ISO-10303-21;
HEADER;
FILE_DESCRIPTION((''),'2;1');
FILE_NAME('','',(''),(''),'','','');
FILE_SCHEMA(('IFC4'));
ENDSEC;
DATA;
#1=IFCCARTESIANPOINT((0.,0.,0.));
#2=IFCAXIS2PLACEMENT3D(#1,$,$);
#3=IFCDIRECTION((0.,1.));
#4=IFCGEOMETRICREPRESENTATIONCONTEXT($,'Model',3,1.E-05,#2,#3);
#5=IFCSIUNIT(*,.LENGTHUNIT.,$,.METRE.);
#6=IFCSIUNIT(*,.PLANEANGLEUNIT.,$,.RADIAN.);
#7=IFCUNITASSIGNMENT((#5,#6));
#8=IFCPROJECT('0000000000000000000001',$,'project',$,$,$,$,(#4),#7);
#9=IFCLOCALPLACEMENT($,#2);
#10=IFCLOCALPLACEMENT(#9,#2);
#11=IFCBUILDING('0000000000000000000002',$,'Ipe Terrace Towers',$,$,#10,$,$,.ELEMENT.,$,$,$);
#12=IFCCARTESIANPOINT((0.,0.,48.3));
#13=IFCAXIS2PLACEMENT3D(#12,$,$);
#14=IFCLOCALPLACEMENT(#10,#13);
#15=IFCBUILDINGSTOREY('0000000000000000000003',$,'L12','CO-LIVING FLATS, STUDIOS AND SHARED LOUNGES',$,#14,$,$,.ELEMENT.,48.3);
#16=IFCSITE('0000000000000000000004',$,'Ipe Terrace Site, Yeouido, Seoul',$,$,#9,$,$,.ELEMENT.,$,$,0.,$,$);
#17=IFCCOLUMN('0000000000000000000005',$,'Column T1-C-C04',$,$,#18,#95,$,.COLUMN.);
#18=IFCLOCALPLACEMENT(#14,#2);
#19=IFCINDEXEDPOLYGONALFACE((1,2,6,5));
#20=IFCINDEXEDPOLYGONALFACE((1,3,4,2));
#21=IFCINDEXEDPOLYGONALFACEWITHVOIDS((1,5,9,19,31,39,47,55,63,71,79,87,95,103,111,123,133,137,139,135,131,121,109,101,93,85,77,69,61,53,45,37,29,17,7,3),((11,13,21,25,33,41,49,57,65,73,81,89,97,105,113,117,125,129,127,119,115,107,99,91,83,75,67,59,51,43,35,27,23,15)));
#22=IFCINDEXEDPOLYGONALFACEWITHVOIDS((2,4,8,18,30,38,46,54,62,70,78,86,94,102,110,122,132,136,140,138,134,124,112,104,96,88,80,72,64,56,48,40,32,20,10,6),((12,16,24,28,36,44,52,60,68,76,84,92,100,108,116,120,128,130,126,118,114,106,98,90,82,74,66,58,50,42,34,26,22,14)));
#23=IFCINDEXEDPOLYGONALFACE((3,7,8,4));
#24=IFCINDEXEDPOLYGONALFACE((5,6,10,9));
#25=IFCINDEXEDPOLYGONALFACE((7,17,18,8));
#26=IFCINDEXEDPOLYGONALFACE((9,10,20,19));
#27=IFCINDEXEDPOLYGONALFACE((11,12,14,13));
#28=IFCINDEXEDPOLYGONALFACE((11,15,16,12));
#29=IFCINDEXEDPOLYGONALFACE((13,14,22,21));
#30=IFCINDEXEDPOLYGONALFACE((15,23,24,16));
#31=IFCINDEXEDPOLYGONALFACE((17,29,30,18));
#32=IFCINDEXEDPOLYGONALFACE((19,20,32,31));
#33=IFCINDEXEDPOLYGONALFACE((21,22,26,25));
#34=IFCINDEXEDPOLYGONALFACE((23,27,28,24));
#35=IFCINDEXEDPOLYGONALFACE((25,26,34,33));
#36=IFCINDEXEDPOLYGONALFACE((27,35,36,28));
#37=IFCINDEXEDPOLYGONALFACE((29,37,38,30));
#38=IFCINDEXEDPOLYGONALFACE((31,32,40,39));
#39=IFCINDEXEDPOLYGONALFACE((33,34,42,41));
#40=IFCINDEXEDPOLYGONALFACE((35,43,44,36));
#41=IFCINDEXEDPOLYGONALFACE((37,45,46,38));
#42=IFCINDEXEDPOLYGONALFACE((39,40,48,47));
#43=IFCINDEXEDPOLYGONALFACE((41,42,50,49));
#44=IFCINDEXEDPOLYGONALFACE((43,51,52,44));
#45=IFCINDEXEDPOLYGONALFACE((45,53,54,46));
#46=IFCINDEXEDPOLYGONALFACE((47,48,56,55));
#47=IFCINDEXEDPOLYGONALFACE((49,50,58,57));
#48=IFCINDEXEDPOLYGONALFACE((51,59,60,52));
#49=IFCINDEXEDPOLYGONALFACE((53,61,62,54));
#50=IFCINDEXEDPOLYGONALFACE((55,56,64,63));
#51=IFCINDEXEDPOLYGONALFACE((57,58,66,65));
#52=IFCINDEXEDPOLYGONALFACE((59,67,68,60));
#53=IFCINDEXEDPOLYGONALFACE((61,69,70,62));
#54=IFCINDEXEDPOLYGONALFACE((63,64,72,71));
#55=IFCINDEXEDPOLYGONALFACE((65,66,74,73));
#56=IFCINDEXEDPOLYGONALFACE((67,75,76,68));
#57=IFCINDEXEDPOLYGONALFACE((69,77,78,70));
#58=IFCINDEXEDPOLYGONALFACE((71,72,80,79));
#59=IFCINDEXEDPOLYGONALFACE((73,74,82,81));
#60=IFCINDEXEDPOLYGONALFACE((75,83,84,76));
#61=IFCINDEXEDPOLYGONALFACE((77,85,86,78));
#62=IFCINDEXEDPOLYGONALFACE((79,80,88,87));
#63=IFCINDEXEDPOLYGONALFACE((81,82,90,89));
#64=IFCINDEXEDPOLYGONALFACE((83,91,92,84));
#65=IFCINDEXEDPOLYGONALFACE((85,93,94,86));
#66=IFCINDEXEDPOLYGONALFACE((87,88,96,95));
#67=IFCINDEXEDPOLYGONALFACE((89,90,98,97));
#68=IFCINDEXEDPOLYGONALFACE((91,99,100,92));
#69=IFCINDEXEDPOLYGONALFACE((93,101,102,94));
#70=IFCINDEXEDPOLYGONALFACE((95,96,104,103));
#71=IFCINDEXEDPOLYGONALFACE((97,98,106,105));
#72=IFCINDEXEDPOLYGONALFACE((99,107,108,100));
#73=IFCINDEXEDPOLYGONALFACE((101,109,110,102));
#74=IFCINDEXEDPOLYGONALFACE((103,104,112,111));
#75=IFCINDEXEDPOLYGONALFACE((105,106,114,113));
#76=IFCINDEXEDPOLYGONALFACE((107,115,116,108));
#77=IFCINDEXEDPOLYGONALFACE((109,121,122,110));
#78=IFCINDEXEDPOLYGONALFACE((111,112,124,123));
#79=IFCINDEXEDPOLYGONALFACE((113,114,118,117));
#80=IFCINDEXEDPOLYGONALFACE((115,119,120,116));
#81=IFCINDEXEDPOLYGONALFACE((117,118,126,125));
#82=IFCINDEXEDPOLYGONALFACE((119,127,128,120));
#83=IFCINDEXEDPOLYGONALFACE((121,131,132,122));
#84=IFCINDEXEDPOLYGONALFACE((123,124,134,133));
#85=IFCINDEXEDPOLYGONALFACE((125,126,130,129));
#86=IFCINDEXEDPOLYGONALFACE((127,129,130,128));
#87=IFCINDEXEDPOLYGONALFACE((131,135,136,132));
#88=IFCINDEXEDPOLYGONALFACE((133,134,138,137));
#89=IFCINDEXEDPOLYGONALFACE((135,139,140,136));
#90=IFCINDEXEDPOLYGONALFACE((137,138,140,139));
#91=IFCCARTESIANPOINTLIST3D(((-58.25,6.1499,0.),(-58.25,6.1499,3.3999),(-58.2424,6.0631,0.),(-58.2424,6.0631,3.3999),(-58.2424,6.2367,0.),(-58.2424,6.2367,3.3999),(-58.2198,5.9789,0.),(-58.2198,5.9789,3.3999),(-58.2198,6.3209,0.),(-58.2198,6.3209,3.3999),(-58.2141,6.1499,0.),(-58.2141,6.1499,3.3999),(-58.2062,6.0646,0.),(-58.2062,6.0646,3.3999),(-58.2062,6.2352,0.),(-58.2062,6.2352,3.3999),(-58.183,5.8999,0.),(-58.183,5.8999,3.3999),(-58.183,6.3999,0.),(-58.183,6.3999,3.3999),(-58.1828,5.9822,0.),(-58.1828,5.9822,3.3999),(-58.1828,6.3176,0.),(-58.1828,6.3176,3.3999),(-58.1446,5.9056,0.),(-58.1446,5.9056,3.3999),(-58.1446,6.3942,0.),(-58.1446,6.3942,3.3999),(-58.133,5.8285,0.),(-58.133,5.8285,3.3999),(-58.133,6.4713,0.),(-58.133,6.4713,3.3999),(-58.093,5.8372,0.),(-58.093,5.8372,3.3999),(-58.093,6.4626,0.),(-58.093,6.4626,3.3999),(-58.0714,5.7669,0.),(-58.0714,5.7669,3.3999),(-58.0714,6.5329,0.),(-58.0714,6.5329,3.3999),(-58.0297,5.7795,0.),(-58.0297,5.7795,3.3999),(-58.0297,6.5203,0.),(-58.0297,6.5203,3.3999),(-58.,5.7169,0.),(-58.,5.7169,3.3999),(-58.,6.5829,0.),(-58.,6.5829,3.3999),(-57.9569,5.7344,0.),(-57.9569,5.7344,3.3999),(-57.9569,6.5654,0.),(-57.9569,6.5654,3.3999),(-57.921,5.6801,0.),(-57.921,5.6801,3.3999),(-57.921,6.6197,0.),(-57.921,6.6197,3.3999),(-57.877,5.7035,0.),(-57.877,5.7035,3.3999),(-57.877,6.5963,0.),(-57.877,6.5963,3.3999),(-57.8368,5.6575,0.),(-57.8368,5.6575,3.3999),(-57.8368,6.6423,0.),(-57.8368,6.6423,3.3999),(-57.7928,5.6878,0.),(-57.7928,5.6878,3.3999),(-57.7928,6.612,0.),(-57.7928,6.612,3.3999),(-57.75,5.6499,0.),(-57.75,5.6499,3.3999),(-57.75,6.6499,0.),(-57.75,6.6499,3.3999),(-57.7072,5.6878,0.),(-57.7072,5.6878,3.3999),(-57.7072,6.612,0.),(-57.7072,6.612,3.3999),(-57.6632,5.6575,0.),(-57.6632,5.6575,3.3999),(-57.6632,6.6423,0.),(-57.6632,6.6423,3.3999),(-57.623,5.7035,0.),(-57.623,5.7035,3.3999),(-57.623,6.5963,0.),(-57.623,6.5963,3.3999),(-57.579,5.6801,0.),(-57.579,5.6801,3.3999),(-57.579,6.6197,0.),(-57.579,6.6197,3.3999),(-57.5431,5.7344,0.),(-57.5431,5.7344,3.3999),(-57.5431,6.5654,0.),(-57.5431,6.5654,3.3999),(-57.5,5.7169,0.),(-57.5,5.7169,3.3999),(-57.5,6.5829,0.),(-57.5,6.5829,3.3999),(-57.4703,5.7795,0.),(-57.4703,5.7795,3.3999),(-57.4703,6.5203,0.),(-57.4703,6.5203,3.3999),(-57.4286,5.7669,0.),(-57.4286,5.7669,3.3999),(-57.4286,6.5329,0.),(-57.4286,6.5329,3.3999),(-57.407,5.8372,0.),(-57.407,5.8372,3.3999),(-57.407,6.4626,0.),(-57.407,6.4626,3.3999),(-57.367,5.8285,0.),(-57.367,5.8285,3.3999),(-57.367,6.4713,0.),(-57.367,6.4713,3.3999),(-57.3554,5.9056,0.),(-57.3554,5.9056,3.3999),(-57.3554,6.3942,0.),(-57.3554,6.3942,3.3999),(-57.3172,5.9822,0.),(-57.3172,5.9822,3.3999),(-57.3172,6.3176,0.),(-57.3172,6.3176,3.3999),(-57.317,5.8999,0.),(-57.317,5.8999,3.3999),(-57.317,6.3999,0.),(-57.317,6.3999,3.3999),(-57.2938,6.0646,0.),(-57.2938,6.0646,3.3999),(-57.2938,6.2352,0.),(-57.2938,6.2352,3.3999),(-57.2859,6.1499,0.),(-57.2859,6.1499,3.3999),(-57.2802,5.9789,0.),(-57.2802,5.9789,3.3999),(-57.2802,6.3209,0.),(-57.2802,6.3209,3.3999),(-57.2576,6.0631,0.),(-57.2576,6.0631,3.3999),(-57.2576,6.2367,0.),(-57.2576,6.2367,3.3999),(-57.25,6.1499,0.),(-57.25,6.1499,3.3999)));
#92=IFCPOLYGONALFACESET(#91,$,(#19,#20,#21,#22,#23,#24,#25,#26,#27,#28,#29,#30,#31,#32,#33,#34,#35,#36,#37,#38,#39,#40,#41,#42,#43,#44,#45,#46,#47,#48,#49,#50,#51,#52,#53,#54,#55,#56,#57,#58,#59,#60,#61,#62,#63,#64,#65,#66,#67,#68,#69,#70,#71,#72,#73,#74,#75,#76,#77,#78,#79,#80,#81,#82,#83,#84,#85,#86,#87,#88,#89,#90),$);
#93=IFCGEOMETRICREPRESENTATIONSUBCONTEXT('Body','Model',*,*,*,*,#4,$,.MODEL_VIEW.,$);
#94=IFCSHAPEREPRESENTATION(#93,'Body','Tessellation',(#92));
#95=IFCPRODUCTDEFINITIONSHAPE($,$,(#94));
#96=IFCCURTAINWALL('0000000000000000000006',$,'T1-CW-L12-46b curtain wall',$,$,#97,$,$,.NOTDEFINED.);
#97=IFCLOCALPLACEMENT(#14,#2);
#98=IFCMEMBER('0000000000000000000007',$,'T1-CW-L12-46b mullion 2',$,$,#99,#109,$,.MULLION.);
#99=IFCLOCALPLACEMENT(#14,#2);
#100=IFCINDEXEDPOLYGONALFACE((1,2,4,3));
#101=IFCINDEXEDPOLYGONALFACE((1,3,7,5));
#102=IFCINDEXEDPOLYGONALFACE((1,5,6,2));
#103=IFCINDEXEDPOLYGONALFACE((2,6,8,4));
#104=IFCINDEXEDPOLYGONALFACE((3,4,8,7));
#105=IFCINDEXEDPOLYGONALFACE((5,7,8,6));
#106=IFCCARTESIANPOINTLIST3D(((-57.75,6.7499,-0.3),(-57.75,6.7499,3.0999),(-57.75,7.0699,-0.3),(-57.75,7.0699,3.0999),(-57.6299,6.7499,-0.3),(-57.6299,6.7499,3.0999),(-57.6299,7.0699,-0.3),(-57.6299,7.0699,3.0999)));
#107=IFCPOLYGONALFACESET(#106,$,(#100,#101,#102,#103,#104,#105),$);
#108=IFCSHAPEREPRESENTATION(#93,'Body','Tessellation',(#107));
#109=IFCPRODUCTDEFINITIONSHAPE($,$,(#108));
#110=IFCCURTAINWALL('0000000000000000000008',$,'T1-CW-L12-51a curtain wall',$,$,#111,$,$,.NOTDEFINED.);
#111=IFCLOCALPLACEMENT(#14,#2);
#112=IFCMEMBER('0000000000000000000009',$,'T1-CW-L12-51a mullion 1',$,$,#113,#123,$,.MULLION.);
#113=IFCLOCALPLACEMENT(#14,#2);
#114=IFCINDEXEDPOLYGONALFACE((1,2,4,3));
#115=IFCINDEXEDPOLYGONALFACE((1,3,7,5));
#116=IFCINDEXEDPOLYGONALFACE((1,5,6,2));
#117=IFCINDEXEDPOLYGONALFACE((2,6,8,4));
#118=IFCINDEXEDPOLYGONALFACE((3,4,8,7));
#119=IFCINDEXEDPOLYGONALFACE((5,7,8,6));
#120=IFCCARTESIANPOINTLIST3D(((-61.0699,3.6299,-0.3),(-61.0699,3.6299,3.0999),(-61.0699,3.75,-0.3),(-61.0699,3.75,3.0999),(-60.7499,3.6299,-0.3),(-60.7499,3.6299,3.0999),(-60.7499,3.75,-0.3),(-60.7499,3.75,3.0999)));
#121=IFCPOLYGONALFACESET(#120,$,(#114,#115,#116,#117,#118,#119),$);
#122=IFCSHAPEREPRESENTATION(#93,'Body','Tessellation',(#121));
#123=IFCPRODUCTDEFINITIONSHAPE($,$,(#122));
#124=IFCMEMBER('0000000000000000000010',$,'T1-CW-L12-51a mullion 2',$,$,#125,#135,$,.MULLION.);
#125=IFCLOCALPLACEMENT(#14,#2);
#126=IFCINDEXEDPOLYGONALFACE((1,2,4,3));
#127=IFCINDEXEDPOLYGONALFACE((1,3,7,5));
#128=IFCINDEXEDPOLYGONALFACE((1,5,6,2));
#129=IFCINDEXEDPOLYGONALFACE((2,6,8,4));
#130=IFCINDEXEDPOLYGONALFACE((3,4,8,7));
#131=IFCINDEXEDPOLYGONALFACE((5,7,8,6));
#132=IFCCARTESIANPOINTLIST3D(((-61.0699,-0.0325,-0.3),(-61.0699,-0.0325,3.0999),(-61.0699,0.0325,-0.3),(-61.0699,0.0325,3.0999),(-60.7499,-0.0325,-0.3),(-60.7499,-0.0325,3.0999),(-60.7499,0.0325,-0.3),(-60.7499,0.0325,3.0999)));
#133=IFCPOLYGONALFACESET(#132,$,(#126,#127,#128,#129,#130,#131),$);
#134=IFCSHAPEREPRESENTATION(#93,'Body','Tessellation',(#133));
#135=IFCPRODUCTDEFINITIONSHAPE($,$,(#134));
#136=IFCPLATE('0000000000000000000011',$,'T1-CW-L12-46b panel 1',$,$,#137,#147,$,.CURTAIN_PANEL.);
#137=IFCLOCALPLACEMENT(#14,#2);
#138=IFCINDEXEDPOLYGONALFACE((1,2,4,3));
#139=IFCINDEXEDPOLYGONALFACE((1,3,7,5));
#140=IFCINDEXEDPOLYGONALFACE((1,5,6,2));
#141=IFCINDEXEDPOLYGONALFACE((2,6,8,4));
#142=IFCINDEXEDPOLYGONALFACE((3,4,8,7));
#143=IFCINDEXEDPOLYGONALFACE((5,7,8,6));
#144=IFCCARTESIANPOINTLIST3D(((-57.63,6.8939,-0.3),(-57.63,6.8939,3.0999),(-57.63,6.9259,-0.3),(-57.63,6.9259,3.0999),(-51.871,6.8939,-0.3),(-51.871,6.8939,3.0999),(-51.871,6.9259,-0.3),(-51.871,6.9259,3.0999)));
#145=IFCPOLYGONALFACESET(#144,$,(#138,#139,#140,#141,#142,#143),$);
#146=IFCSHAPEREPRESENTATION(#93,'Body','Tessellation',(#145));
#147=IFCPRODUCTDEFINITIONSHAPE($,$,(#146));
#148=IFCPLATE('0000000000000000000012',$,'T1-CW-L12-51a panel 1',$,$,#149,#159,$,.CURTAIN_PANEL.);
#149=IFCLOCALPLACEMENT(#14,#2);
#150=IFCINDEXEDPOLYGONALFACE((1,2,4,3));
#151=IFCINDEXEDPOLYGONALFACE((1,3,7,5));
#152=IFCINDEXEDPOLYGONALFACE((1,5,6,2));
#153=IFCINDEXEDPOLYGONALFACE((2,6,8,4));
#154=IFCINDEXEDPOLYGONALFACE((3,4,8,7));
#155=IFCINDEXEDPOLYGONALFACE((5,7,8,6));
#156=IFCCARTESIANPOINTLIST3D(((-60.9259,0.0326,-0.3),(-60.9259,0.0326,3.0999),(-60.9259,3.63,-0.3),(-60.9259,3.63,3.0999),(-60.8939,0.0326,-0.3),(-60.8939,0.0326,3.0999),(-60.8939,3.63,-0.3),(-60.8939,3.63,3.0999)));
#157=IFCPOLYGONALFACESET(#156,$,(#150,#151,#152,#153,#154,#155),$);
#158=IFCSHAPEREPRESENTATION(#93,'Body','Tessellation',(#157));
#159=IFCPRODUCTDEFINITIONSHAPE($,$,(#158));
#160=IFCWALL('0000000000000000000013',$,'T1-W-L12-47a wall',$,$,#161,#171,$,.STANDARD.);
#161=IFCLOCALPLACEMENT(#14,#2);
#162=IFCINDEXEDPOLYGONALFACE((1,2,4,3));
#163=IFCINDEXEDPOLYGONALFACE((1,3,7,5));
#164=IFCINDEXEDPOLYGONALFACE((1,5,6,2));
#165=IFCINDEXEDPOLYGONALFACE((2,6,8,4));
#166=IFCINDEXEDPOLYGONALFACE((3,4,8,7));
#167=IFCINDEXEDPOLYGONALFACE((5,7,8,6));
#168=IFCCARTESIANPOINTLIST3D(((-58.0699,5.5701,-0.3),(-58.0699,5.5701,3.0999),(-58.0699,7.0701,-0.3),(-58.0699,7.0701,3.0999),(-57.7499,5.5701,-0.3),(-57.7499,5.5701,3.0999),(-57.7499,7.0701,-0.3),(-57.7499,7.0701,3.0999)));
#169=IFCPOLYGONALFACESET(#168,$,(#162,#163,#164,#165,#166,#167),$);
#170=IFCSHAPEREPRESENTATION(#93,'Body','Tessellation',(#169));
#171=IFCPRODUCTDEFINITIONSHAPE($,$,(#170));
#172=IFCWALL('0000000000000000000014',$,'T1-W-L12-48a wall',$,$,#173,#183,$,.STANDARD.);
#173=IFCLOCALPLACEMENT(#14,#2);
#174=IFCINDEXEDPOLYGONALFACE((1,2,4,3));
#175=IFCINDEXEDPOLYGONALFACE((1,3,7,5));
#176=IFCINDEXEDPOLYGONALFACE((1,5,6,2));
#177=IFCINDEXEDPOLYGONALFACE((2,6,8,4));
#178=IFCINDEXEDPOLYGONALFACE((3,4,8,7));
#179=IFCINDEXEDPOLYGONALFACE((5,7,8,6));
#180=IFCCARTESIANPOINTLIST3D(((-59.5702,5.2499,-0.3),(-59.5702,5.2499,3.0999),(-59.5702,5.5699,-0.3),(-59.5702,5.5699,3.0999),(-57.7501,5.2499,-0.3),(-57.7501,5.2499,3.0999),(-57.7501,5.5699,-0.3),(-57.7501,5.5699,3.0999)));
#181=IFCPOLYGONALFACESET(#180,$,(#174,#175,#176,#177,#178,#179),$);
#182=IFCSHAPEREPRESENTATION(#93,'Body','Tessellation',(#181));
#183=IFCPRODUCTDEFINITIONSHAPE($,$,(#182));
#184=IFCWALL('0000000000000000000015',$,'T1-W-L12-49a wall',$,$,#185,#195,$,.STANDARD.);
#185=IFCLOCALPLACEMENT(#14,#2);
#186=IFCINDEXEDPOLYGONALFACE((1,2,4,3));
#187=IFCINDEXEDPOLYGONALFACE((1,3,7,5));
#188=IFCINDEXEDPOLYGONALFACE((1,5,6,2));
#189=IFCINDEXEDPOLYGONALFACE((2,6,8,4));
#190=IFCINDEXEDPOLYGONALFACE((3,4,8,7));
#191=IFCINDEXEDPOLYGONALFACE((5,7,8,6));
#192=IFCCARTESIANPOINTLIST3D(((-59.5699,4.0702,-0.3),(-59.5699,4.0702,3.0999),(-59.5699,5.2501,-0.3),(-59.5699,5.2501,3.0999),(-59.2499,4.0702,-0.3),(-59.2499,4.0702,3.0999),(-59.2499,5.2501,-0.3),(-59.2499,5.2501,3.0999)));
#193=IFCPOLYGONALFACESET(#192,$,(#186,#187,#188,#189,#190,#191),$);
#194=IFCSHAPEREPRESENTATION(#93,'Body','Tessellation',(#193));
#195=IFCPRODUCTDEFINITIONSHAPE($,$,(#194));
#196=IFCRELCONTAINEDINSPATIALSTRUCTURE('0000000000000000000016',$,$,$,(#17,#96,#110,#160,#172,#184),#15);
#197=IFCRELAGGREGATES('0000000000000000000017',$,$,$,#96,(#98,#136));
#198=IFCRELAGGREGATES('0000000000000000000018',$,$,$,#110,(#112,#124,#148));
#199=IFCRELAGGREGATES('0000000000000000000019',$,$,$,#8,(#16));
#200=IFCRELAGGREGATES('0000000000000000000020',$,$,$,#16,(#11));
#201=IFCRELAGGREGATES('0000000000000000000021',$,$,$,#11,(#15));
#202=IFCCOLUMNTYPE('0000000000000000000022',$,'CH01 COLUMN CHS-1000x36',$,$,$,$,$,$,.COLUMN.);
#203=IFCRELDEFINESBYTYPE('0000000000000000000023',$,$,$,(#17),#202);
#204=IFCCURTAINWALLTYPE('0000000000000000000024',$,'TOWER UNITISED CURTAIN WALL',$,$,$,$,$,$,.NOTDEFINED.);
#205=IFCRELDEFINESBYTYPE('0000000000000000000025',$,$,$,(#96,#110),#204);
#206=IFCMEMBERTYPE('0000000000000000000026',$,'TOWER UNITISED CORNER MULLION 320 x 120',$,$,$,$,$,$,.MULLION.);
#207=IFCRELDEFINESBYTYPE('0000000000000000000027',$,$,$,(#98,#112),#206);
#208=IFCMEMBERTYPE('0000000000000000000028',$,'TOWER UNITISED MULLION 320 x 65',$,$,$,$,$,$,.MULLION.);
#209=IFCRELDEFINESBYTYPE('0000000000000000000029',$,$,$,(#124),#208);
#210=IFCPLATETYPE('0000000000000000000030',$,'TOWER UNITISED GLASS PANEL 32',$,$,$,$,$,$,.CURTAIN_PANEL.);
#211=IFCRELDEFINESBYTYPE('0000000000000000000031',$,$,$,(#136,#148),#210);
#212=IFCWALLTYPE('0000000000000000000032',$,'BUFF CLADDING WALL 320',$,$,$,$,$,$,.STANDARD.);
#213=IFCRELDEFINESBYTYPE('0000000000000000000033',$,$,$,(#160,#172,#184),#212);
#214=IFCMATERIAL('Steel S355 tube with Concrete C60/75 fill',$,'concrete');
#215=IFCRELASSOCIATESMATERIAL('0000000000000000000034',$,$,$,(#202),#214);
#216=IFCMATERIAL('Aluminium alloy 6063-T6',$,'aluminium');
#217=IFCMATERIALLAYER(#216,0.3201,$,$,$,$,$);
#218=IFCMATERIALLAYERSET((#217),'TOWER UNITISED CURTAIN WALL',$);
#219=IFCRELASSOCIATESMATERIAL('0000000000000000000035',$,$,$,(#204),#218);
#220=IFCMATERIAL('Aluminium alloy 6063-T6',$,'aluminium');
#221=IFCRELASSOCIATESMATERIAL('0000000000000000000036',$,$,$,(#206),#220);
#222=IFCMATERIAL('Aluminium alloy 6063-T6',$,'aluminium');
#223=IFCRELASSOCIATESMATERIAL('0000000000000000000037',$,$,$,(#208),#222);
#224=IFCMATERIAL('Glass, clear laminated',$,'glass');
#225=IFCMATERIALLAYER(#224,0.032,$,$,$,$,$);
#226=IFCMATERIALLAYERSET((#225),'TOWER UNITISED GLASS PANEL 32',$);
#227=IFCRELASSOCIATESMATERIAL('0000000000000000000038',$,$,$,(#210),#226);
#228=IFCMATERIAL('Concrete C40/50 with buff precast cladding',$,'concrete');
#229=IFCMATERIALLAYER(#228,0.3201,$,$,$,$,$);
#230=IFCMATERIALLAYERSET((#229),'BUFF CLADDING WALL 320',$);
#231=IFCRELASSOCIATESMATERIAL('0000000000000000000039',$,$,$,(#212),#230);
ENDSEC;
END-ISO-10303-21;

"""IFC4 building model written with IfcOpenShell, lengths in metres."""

from ifc_helpers import new_model, si_unit, direction, frame, frame_2d, origin, origin_2d, place, context, subcontext, project, spatial, rectangle, hollow_circle, extrude, material, layer, layer_set, material_profile, profile_set, type_object, element, aggregate, save


model = new_model("IFC4")

# Units and contexts
model_context = context("Model", 3, precision=1e-05, world=origin(), true_north=direction((0.0, 1.0)))
body_context = subcontext(model_context, "Body", "Model", "MODEL_VIEW")
ifc_project = project(units=[si_unit("LENGTHUNIT", "METRE"), si_unit("PLANEANGLEUNIT", "RADIAN")], contexts=[model_context])

# Site, building, storey
site_placement = place(None, origin())
site = spatial("IfcSite", under=ifc_project, at=site_placement, Name="Ipe Terrace Site, Yeouido, Seoul", CompositionType="ELEMENT", RefElevation=0.0)
building_placement = place(site_placement, origin())
building = spatial("IfcBuilding", under=site, at=building_placement, Name="Ipe Terrace Towers", CompositionType="ELEMENT")
storey_placement = place(building_placement, frame((0.0, 0.0, 48.3)))
storey = spatial("IfcBuildingStorey", under=building, at=storey_placement, Name="L12", Description="CO-LIVING FLATS, STUDIOS AND SHARED LOUNGES", CompositionType="ELEMENT", Elevation=48.3)

# Column
ifc_material_1 = material(Name="Steel S355 tube with Concrete C60/75 fill", Category="concrete")
ifc_material_profile_1 = material_profile(ifc_material_1, hollow_circle(Radius=0.5, WallThickness=0.0359, at=origin_2d()), Name="CHS-1000x36")
ifc_profile_set_1 = profile_set([ifc_material_profile_1], Name="Steel S355 tube with Concrete C60/75 fill")
column_type = type_object("IfcColumnType", Name="CH01 COLUMN CHS-1000x36", PredefinedType="COLUMN", material=ifc_profile_set_1)
column_placement = place(storey_placement, frame((-57.75, 6.1499, 0.0), z_axis=(0.0, 0.0, 1.0), x_axis=(1.0, 0.0, 0.0)))
element("IfcColumn", 1, at=column_placement, inside=storey, type_object=column_type, Name="Column T1-C-C04", PredefinedType="COLUMN", context=body_context, shape_type="SweptSolid", body=[
    extrude(hollow_circle(Radius=0.5, WallThickness=0.0359, at=origin_2d()), origin(), (0.0, 0.0, 1.0), 3.3999),
])

# Curtain wall, member
ifc_material_2 = material(Name="Aluminium alloy 6063-T6", Category="aluminium")
ifc_layer_1 = layer(ifc_material_2, 0.3201)
ifc_layer_set_1 = layer_set([ifc_layer_1], Name="TOWER UNITISED CURTAIN WALL")
curtain_wall_type = type_object("IfcCurtainWallType", Name="TOWER UNITISED CURTAIN WALL", PredefinedType="NOTDEFINED", material=ifc_layer_set_1)
curtain_wall_1_placement = place(storey_placement, origin())
curtain_wall_1 = element("IfcCurtainWall", 2, at=curtain_wall_1_placement, inside=storey, type_object=curtain_wall_type, Name="T1-CW-L12-46b curtain wall", PredefinedType="NOTDEFINED")
ifc_material_3 = material(Name="Aluminium alloy 6063-T6", Category="aluminium")
ifc_material_profile_2 = material_profile(ifc_material_3, rectangle(XDim=0.3201, YDim=0.1201, at=origin_2d()), Name="TOWER UNITISED CORNER MULLION 320 x 120")
ifc_profile_set_2 = profile_set([ifc_material_profile_2], Name="Aluminium alloy 6063-T6")
member_type_1 = type_object("IfcMemberType", Name="TOWER UNITISED CORNER MULLION 320 x 120", PredefinedType="MULLION", material=ifc_profile_set_2)
member_1_placement = place(storey_placement, frame((-57.6899, 6.9099, -0.3), z_axis=(0.0, 0.0, 1.0), x_axis=(0.0, 1.0, 0.0)))
member_1 = element("IfcMember", 3, at=member_1_placement, type_object=member_type_1, Name="T1-CW-L12-46b mullion 2", PredefinedType="MULLION", context=body_context, shape_type="SweptSolid", body=[
    extrude(rectangle(XDim=0.3201, YDim=0.1201, at=origin_2d()), origin(), (0.0, 0.0, 1.0), 3.3999),
])

# Curtain wall, members
curtain_wall_2_placement = place(storey_placement, origin())
curtain_wall_2 = element("IfcCurtainWall", 4, at=curtain_wall_2_placement, inside=storey, type_object=curtain_wall_type, Name="T1-CW-L12-51a curtain wall", PredefinedType="NOTDEFINED")
member_2_placement = place(storey_placement, frame((-60.9099, 3.6899, -0.3), z_axis=(0.0, 0.0, 1.0), x_axis=(-1.0, 0.0, 0.0)))
member_2 = element("IfcMember", 5, at=member_2_placement, type_object=member_type_1, Name="T1-CW-L12-51a mullion 1", PredefinedType="MULLION", context=body_context, shape_type="SweptSolid", body=[
    extrude(rectangle(XDim=0.3201, YDim=0.1201, at=origin_2d()), origin(), (0.0, 0.0, 1.0), 3.3999),
])
ifc_material_4 = material(Name="Aluminium alloy 6063-T6", Category="aluminium")
ifc_material_profile_3 = material_profile(ifc_material_4, rectangle(XDim=0.3201, YDim=0.0649, at=origin_2d()), Name="TOWER UNITISED MULLION 320 x 65")
ifc_profile_set_3 = profile_set([ifc_material_profile_3], Name="Aluminium alloy 6063-T6")
member_type_2 = type_object("IfcMemberType", Name="TOWER UNITISED MULLION 320 x 65", PredefinedType="MULLION", material=ifc_profile_set_3)
member_3_placement = place(storey_placement, frame((-60.9099, 0.0, -0.3), z_axis=(0.0, 0.0, 1.0), x_axis=(-1.0, 0.0, 0.0)))
member_3 = element("IfcMember", 6, at=member_3_placement, type_object=member_type_2, Name="T1-CW-L12-51a mullion 2", PredefinedType="MULLION", context=body_context, shape_type="SweptSolid", body=[
    extrude(rectangle(XDim=0.3201, YDim=0.0649, at=origin_2d()), origin(), (0.0, 0.0, 1.0), 3.3999),
])

# Plates
ifc_material_5 = material(Name="Glass, clear laminated", Category="glass")
ifc_layer_2 = layer(ifc_material_5, 0.032)
ifc_layer_set_2 = layer_set([ifc_layer_2], Name="TOWER UNITISED GLASS PANEL 32")
plate_type = type_object("IfcPlateType", Name="TOWER UNITISED GLASS PANEL 32", PredefinedType="CURTAIN_PANEL", material=ifc_layer_set_2)
plate_1_placement = place(storey_placement, frame((-54.7505, 6.9099, -0.3), z_axis=(0.0, 0.0, 1.0), x_axis=(-1.0, 0.0, 0.0)))
plate_1 = element("IfcPlate", 7, at=plate_1_placement, type_object=plate_type, Name="T1-CW-L12-46b panel 1", PredefinedType="CURTAIN_PANEL", context=body_context, shape_type="SweptSolid", body=[
    extrude(rectangle(XDim=5.759, YDim=0.032, at=origin_2d()), origin(), (0.0, 0.0, 1.0), 3.3999),
])
aggregate(curtain_wall_1, [member_1, plate_1])
plate_2_placement = place(storey_placement, frame((-60.9099, 1.8313, -0.3), z_axis=(0.0, 0.0, 1.0), x_axis=(0.0, -1.0, 0.0)))
plate_2 = element("IfcPlate", 8, at=plate_2_placement, type_object=plate_type, Name="T1-CW-L12-51a panel 1", PredefinedType="CURTAIN_PANEL", context=body_context, shape_type="SweptSolid", body=[
    extrude(rectangle(XDim=3.5974, YDim=0.032, at=origin_2d()), origin(), (0.0, 0.0, 1.0), 3.3999),
])
aggregate(curtain_wall_2, [member_2, member_3, plate_2])

# Walls
ifc_material_6 = material(Name="Concrete C40/50 with buff precast cladding", Category="concrete")
ifc_layer_3 = layer(ifc_material_6, 0.3201)
ifc_layer_set_3 = layer_set([ifc_layer_3], Name="BUFF CLADDING WALL 320")
wall_type_1 = type_object("IfcWallType", Name="BUFF CLADDING WALL 320", PredefinedType="STANDARD", material=ifc_layer_set_3)
wall_1_placement = place(storey_placement, frame((-57.9099, 7.0701, -0.3), z_axis=(0.0, 0.0, 1.0), x_axis=(0.0, -1.0, 0.0)))
element("IfcWall", 9, at=wall_1_placement, inside=storey, type_object=wall_type_1, Name="T1-W-L12-47a wall", PredefinedType="STANDARD", context=body_context, shape_type="SweptSolid", body=[
    extrude(rectangle(XDim=1.5, YDim=0.3201, at=frame_2d((0.75, 0.0))), origin(), (0.0, 0.0, 1.0), 3.3999),
])
wall_2_placement = place(storey_placement, frame((-57.75, 5.4099, -0.3), z_axis=(0.0, 0.0, 1.0), x_axis=(-1.0, 0.0, 0.0)))
element("IfcWall", 10, at=wall_2_placement, inside=storey, type_object=wall_type_1, Name="T1-W-L12-48a wall", PredefinedType="STANDARD", context=body_context, shape_type="SweptSolid", body=[
    extrude(rectangle(XDim=1.8201, YDim=0.3201, at=frame_2d((0.9102, 0.0))), origin(), (0.0, 0.0, 1.0), 3.3999),
])
wall_3_placement = place(storey_placement, frame((-59.4099, 5.25, -0.3), z_axis=(0.0, 0.0, 1.0), x_axis=(0.0, -1.0, 0.0)))
element("IfcWall", 11, at=wall_3_placement, inside=storey, type_object=wall_type_1, Name="T1-W-L12-49a wall", PredefinedType="STANDARD", context=body_context, shape_type="SweptSolid", body=[
    extrude(rectangle(XDim=1.1799, YDim=0.3201, at=frame_2d((0.5898, 0.0))), origin(), (0.0, 0.0, 1.0), 3.3999),
])

save(model, "model.ifc")
